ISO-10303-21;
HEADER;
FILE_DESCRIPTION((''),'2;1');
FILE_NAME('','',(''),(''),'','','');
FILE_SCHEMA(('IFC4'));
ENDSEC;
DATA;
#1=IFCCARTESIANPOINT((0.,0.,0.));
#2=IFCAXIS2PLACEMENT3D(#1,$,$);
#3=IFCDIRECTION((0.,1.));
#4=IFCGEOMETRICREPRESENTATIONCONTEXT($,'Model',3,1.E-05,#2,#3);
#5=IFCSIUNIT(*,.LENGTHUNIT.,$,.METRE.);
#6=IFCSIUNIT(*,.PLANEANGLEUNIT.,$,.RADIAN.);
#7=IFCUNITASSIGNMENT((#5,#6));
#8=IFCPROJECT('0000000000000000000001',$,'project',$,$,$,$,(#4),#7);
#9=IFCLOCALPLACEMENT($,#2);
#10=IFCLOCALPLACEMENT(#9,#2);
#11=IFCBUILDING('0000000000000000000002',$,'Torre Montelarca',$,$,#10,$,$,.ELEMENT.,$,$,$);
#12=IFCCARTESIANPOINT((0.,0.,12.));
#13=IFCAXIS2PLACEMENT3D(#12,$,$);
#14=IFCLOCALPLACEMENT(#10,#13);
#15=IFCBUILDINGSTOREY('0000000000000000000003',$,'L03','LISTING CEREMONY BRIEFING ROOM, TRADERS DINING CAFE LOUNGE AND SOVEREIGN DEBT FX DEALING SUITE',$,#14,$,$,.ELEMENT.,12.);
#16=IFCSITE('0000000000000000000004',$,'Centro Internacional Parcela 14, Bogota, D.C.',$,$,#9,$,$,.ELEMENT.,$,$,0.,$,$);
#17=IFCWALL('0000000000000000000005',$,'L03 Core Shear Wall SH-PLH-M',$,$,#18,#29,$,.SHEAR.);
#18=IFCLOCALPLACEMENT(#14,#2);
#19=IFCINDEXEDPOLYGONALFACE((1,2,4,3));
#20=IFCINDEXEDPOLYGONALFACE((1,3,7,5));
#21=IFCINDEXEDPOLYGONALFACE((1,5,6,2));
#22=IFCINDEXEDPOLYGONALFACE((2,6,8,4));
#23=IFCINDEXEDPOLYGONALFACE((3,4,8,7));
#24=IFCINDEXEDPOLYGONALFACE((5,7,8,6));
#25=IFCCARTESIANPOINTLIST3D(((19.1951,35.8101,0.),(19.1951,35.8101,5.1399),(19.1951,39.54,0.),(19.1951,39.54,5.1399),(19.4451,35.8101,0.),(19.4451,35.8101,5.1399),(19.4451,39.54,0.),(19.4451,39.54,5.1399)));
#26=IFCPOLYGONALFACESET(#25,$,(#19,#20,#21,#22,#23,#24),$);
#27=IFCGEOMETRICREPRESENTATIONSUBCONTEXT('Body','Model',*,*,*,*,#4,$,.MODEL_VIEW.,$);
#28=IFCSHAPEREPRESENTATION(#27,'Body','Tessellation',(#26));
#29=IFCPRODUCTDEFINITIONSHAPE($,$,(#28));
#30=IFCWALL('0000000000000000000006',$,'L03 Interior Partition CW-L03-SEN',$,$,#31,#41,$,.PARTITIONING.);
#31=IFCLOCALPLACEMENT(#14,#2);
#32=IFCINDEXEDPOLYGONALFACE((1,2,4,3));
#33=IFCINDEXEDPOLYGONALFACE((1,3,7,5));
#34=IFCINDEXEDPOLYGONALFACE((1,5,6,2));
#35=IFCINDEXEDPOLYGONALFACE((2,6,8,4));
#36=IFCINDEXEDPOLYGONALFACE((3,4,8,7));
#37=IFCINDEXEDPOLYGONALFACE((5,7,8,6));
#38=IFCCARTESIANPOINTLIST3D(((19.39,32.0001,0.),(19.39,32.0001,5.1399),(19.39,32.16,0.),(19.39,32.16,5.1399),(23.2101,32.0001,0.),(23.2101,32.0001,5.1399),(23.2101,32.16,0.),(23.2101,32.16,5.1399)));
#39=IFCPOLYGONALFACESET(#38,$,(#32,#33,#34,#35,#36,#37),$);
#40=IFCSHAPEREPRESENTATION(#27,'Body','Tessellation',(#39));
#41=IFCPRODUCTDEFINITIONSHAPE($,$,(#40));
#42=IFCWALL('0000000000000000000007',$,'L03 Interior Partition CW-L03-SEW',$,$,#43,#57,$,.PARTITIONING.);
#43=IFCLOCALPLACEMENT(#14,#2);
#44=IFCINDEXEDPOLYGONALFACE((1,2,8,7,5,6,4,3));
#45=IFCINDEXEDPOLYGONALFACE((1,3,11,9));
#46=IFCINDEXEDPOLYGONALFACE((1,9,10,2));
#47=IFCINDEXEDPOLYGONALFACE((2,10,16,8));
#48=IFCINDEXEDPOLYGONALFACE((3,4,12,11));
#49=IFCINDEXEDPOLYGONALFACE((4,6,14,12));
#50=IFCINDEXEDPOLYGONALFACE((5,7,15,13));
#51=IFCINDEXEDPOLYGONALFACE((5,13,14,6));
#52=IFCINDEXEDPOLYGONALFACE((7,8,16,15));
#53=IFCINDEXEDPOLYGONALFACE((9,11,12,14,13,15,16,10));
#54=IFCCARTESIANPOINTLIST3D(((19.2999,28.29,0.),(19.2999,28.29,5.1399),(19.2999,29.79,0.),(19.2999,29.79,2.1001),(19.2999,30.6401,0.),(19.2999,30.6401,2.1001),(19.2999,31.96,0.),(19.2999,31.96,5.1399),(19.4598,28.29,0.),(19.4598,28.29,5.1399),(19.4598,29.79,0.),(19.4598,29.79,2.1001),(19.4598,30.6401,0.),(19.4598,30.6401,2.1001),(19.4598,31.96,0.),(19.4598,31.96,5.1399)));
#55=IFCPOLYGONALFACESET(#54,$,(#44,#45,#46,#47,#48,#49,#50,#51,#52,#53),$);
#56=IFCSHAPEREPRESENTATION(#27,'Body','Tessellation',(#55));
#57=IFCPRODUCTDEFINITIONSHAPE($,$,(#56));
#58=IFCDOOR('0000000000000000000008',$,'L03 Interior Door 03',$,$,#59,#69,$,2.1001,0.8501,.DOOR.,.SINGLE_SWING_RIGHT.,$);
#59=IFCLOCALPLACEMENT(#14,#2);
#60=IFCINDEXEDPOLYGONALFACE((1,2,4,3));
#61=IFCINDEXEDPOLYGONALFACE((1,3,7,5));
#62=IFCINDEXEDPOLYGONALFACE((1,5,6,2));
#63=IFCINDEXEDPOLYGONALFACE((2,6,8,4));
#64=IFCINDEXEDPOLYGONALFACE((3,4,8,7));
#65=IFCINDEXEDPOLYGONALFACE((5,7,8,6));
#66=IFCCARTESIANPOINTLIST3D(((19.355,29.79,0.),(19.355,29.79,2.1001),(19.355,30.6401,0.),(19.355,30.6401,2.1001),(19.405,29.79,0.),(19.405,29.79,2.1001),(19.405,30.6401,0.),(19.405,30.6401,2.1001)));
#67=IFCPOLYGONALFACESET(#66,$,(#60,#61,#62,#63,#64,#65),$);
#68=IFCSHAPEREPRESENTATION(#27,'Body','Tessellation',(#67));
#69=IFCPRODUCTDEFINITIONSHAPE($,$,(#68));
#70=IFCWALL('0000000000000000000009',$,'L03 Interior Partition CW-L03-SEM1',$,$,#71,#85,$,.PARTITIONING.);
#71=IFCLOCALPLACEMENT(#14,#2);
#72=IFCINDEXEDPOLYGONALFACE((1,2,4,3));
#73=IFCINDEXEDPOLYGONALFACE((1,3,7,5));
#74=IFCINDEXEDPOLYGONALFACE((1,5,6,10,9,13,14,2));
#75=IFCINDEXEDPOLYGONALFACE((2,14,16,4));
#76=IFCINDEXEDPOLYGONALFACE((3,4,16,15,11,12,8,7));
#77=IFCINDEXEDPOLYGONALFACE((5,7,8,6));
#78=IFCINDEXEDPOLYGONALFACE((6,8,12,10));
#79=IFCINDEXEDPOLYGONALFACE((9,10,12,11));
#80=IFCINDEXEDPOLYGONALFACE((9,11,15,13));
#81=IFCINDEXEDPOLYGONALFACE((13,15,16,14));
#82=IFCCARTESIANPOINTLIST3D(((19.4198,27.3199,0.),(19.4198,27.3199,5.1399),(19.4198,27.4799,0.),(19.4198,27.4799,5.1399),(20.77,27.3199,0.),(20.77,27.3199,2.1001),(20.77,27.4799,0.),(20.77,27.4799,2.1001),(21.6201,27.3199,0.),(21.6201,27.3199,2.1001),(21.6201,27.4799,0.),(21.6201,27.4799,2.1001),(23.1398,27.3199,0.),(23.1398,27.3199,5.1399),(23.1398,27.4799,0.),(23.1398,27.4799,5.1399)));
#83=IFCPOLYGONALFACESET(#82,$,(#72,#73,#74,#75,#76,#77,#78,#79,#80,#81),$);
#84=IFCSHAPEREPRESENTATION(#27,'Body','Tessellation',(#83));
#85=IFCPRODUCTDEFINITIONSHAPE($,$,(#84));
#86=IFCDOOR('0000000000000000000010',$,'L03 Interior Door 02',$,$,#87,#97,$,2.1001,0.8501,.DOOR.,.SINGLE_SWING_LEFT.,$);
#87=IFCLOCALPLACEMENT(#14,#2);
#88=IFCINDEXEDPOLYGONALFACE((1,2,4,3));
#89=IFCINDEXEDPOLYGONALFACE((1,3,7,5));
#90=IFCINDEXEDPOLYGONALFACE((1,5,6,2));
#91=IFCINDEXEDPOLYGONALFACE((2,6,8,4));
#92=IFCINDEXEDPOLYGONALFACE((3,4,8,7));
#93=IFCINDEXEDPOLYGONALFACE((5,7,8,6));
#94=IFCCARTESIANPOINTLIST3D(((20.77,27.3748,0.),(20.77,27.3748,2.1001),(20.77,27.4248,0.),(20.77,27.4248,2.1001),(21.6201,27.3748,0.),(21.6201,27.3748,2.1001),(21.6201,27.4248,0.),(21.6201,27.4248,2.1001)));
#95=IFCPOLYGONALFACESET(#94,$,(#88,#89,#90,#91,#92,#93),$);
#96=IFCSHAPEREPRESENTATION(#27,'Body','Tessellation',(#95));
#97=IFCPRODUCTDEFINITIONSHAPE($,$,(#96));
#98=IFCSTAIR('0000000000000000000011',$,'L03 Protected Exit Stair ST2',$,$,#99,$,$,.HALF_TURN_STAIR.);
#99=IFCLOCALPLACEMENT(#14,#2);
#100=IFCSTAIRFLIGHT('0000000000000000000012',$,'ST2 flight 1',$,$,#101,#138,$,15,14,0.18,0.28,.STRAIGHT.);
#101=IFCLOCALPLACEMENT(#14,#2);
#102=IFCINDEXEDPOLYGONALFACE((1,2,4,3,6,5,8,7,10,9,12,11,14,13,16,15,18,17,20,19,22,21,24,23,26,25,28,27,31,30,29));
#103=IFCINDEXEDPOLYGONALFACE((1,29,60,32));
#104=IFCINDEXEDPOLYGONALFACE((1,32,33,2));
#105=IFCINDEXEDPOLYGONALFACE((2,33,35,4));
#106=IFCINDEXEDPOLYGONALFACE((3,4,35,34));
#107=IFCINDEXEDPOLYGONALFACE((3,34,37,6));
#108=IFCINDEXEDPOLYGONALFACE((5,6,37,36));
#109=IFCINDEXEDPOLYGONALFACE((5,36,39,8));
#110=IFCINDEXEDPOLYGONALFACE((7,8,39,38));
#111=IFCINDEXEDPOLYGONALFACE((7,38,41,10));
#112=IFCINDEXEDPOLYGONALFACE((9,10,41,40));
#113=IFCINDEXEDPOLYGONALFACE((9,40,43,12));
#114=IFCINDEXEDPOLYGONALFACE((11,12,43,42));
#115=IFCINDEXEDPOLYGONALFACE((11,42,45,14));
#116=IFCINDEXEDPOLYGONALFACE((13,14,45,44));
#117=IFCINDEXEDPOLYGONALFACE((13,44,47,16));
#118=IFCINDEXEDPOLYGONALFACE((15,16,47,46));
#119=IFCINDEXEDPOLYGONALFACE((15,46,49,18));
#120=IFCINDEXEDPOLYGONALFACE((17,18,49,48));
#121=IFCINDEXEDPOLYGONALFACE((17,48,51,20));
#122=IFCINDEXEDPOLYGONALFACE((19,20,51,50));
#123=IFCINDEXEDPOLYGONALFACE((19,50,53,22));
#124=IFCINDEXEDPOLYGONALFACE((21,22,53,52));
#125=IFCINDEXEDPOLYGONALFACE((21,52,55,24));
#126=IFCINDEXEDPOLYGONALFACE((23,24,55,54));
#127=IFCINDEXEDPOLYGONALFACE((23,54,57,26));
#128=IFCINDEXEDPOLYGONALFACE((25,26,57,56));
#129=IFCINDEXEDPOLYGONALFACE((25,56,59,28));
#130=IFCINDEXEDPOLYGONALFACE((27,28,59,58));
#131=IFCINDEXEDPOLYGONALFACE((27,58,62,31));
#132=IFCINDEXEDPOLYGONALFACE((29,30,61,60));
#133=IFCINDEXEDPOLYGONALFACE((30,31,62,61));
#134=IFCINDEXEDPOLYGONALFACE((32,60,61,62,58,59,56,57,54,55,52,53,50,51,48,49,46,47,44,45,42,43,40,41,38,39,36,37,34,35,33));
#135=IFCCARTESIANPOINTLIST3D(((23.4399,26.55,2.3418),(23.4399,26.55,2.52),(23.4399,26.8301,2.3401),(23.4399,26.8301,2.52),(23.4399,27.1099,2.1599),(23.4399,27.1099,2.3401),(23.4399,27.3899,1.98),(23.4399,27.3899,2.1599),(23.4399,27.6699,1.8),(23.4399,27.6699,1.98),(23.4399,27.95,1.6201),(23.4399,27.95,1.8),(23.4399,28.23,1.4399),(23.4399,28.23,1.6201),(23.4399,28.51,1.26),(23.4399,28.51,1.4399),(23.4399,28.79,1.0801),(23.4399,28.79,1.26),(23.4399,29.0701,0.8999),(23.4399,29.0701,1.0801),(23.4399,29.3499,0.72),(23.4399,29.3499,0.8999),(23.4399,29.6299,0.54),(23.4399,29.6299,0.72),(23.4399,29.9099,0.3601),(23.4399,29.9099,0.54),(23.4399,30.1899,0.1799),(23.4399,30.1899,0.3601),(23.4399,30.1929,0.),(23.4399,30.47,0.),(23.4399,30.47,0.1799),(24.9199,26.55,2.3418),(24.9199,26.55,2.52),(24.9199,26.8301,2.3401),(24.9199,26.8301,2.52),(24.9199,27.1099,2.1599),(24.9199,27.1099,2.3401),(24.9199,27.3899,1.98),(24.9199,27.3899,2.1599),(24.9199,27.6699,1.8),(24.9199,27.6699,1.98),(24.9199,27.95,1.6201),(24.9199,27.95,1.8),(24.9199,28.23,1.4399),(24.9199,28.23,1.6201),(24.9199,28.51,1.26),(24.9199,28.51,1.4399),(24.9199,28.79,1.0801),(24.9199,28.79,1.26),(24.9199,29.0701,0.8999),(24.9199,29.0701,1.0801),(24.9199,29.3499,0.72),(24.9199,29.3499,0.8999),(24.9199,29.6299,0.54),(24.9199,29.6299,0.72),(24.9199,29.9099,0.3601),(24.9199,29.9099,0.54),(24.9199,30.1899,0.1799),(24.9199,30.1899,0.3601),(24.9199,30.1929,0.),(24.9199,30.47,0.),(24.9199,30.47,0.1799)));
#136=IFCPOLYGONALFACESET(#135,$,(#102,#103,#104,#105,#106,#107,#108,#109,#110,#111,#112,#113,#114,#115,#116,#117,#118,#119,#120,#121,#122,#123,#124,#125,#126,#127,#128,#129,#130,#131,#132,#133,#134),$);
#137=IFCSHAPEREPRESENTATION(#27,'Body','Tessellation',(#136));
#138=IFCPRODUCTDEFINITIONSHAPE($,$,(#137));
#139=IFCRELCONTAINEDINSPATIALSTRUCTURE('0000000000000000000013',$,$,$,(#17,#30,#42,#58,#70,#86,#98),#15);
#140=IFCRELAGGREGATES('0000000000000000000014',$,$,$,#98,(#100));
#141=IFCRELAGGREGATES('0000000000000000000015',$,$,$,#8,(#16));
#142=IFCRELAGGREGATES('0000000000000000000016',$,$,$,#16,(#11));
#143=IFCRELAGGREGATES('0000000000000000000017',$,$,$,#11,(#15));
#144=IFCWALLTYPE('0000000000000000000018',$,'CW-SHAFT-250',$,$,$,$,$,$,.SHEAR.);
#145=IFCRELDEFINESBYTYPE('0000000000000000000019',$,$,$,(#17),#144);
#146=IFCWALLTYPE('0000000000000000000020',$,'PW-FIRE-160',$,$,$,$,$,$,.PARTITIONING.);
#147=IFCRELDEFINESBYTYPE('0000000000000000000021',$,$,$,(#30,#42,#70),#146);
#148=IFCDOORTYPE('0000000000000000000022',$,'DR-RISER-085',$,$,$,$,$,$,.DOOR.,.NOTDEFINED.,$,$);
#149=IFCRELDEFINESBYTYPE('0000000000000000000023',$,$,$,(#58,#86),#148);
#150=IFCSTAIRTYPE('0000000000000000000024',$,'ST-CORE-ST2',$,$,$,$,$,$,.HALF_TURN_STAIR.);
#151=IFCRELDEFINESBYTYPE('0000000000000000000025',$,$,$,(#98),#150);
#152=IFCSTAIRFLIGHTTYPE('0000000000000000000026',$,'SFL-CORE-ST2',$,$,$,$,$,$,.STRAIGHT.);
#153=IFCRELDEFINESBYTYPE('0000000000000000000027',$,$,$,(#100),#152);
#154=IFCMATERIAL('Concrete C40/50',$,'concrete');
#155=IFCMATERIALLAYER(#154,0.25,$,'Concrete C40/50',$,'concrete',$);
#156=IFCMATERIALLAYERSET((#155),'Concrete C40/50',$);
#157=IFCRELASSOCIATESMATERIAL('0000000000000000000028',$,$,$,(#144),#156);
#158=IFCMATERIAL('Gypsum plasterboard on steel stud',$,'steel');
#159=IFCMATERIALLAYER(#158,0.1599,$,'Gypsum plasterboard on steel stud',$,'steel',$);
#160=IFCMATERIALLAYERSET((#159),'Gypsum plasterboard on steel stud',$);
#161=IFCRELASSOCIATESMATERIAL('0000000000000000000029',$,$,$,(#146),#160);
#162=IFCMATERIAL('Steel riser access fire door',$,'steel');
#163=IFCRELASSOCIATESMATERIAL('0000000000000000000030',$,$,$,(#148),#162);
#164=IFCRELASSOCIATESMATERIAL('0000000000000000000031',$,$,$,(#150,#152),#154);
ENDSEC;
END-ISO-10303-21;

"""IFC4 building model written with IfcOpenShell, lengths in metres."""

from ifc_helpers import new_model, si_unit, direction, frame, frame_2d, origin, place, context, subcontext, project, spatial, polyline, rectangle, outline, extrude, source, transform, mapped, material, layer, layer_set, type_object, element, fill, aggregate, save


model = new_model("IFC4")

# Units and contexts
model_context = context("Model", 3, precision=1e-05, world=origin(), true_north=direction((0.0, 1.0)))
body_context = subcontext(model_context, "Body", "Model", "MODEL_VIEW")
ifc_project = project(units=[si_unit("LENGTHUNIT", "METRE"), si_unit("PLANEANGLEUNIT", "RADIAN")], contexts=[model_context])

# Site, building, storey
site_placement = place(None, origin())
site = spatial("IfcSite", under=ifc_project, at=site_placement, Name="Centro Internacional Parcela 14, Bogota, D.C.", CompositionType="ELEMENT", RefElevation=0.0)
building_placement = place(site_placement, origin())
building = spatial("IfcBuilding", under=site, at=building_placement, Name="Torre Montelarca", CompositionType="ELEMENT")
storey_placement = place(building_placement, frame((0.0, 0.0, 12.0)))
storey = spatial("IfcBuildingStorey", under=building, at=storey_placement, Name="L03", Description="LISTING CEREMONY BRIEFING ROOM, TRADERS DINING CAFE LOUNGE AND SOVEREIGN DEBT FX DEALING SUITE", CompositionType="ELEMENT", Elevation=12.0)

# Shared definitions
ifc_material_1 = material(Name="Concrete C40/50", Category="concrete")
ifc_layer_1 = layer(ifc_material_1, 0.25, Name="Concrete C40/50", Category="concrete")
ifc_layer_set_1 = layer_set([ifc_layer_1], Name="Concrete C40/50")
wall_type_1 = type_object("IfcWallType", Name="CW-SHAFT-250", PredefinedType="SHEAR", material=ifc_layer_set_1)

# Walls
for number, where, z_axis, x_axis, name in (
    (1, (19.3201, 35.8101, 0.0), (0.0, 0.0, 1.0), (0.0, 1.0, 0.0), "L03 Core Shear Wall SH-PLH-M"),
):
    element("IfcWall", number, at=place(storey_placement, frame(where, z_axis=z_axis, x_axis=x_axis)), inside=storey, type_object=wall_type_1, Name=name, PredefinedType="SHEAR", context=body_context, shape_type="SweptSolid", body=[
        extrude(rectangle(XDim=3.73, YDim=0.25, at=frame_2d((1.865, 0.0))), origin(), (0.0, 0.0, 1.0), 5.1399),
    ])
ifc_material_2 = material(Name="Gypsum plasterboard on steel stud", Category="steel")
ifc_layer_2 = layer(ifc_material_2, 0.1599, Name="Gypsum plasterboard on steel stud", Category="steel")
ifc_layer_set_2 = layer_set([ifc_layer_2], Name="Gypsum plasterboard on steel stud")
wall_type_2 = type_object("IfcWallType", Name="PW-FIRE-160", PredefinedType="PARTITIONING", material=ifc_layer_set_2)
wall_1_placement = place(storey_placement, frame((19.3899, 32.0801, 0.0), z_axis=(0.0, 0.0, 1.0), x_axis=(1.0, 0.0, 0.0)))
element("IfcWall", 2, at=wall_1_placement, inside=storey, type_object=wall_type_2, Name="L03 Interior Partition CW-L03-SEN", PredefinedType="PARTITIONING", context=body_context, shape_type="SweptSolid", body=[
    extrude(rectangle(XDim=3.8201, YDim=0.1599, at=frame_2d((1.9102, 0.0))), origin(), (0.0, 0.0, 1.0), 5.1399),
])

# Walls, openings, doors
wall_2_placement = place(storey_placement, frame((19.3799, 28.29, 0.0), z_axis=(0.0, 0.0, 1.0), x_axis=(0.0, 1.0, 0.0)))
wall_2 = element("IfcWall", 3, at=wall_2_placement, inside=storey, type_object=wall_type_2, Name="L03 Interior Partition CW-L03-SEW", PredefinedType="PARTITIONING", context=body_context, shape_type="SweptSolid", body=[
    extrude(rectangle(XDim=3.6699, YDim=0.1599, at=frame_2d((1.835, 0.0))), origin(), (0.0, 0.0, 1.0), 5.1399),
])
opening_1_placement = place(wall_2_placement, frame((1.5, 0.0, 0.0)))
opening_1 = element("IfcOpeningElement", 4, at=opening_1_placement, cuts=wall_2, PredefinedType="OPENING", context=body_context, shape_type="SweptSolid", body=[
    extrude(rectangle(XDim=0.8501, YDim=2.1001, at=frame_2d((0.425, 1.05))), frame((0.0, 0.0898, 0.0), z_axis=(0.0, -1.0, 0.0), x_axis=(1.0, 0.0, 0.0)), (0.0, 0.0, 1.0), 0.1799),
])
ifc_material_3 = material(Name="Steel riser access fire door", Category="steel")
door_type_1 = type_object("IfcDoorType", Name="DR-RISER-085", OperationType="NOTDEFINED", PredefinedType="DOOR", material=ifc_material_3)
shared_shape_1 = source(origin(), body_context, "Body", "SweptSolid", [
    extrude(rectangle(XDim=0.8501, YDim=2.1001, at=frame_2d((0.425, 1.05))), frame((0.0, 0.0249, 0.0), z_axis=(0.0, -1.0, 0.0), x_axis=(1.0, 0.0, 0.0)), (0.0, 0.0, 1.0), 0.05),
])
door_1_placement = place(opening_1_placement, origin())
door_1 = element("IfcDoor", 5, at=door_1_placement, inside=storey, type_object=door_type_1, Name="L03 Interior Door 03", OperationType="SINGLE_SWING_RIGHT", OverallHeight=2.1001, OverallWidth=0.8501, PredefinedType="DOOR", context=body_context, shape_type="MappedRepresentation", body=[
    mapped(shared_shape_1, transform((0.0, 0.0, 0.0), scale=1.0)),
])
fill(opening_1, door_1)
wall_3_placement = place(storey_placement, frame((19.4199, 27.3999, 0.0), z_axis=(0.0, 0.0, 1.0), x_axis=(1.0, 0.0, 0.0)))
wall_3 = element("IfcWall", 6, at=wall_3_placement, inside=storey, type_object=wall_type_2, Name="L03 Interior Partition CW-L03-SEM1", PredefinedType="PARTITIONING", context=body_context, shape_type="SweptSolid", body=[
    extrude(rectangle(XDim=3.72, YDim=0.1599, at=frame_2d((1.8599, 0.0))), origin(), (0.0, 0.0, 1.0), 5.1399),
])
opening_2_placement = place(wall_3_placement, frame((1.3501, 0.0, 0.0)))
opening_2 = element("IfcOpeningElement", 7, at=opening_2_placement, cuts=wall_3, PredefinedType="OPENING", context=body_context, shape_type="SweptSolid", body=[
    extrude(rectangle(XDim=0.8501, YDim=2.1001, at=frame_2d((0.425, 1.05))), frame((0.0, 0.0898, 0.0), z_axis=(0.0, -1.0, 0.0), x_axis=(1.0, 0.0, 0.0)), (0.0, 0.0, 1.0), 0.1799),
])
door_2_placement = place(opening_2_placement, origin())
door_2 = element("IfcDoor", 8, at=door_2_placement, inside=storey, type_object=door_type_1, Name="L03 Interior Door 02", OperationType="SINGLE_SWING_LEFT", OverallHeight=2.1001, OverallWidth=0.8501, PredefinedType="DOOR", context=body_context, shape_type="MappedRepresentation", body=[
    mapped(shared_shape_1, transform((0.0, 0.0, 0.0), scale=1.0)),
])
fill(opening_2, door_2)

# Stair, stair flight
stair_type = type_object("IfcStairType", Name="ST-CORE-ST2", PredefinedType="HALF_TURN_STAIR", material=ifc_material_1)
stair_placement = place(storey_placement, origin())
stair = element("IfcStair", 9, at=stair_placement, inside=storey, type_object=stair_type, Name="L03 Protected Exit Stair ST2", PredefinedType="HALF_TURN_STAIR")
stair_flight_type = type_object("IfcStairFlightType", Name="SFL-CORE-ST2", PredefinedType="STRAIGHT", material=ifc_material_1)
stair_flight_placement = place(storey_placement, frame((24.1799, 30.47, 0.0), z_axis=(0.0, 0.0, 1.0), x_axis=(0.0, -1.0, 0.0)))
stair_flight = element("IfcStairFlight", 10, at=stair_flight_placement, type_object=stair_flight_type, Name="ST2 flight 1", NumberOfRisers=15, NumberOfTreads=14, PredefinedType="STRAIGHT", RiserHeight=0.18, TreadLength=0.28, context=body_context, shape_type="SweptSolid", body=[
    extrude(outline(polyline([(0.0, 0.0), (0.0, 0.1799), (0.28, 0.1799), (0.28, 0.3601), (0.5601, 0.3601), (0.5601, 0.54), (0.8401, 0.54), (0.8401, 0.72), (1.1201, 0.72), (1.1201, 0.8999), (1.3999, 0.8999), (1.3999, 1.0801), (1.6799, 1.0801), (1.6799, 1.26), (1.96, 1.26), (1.96, 1.4399), (2.24, 1.4399), (2.24, 1.6201), (2.52, 1.6201), (2.52, 1.8), (2.8, 1.8), (2.8, 1.98), (3.0801, 1.98), (3.0801, 2.1599), (3.3601, 2.1599), (3.3601, 2.3401), (3.6399, 2.3401), (3.6399, 2.52), (3.9199, 2.52), (3.9199, 2.7), (3.9199, 2.3418), (0.2771, 0.0), (0.0, 0.0)])), frame((0.0, 0.74, 0.0), z_axis=(0.0, -1.0, 0.0), x_axis=(1.0, 0.0, 0.0)), (0.0, 0.0, 1.0), 1.48),
])
aggregate(stair, [stair_flight])

save(model, "model.ifc")
